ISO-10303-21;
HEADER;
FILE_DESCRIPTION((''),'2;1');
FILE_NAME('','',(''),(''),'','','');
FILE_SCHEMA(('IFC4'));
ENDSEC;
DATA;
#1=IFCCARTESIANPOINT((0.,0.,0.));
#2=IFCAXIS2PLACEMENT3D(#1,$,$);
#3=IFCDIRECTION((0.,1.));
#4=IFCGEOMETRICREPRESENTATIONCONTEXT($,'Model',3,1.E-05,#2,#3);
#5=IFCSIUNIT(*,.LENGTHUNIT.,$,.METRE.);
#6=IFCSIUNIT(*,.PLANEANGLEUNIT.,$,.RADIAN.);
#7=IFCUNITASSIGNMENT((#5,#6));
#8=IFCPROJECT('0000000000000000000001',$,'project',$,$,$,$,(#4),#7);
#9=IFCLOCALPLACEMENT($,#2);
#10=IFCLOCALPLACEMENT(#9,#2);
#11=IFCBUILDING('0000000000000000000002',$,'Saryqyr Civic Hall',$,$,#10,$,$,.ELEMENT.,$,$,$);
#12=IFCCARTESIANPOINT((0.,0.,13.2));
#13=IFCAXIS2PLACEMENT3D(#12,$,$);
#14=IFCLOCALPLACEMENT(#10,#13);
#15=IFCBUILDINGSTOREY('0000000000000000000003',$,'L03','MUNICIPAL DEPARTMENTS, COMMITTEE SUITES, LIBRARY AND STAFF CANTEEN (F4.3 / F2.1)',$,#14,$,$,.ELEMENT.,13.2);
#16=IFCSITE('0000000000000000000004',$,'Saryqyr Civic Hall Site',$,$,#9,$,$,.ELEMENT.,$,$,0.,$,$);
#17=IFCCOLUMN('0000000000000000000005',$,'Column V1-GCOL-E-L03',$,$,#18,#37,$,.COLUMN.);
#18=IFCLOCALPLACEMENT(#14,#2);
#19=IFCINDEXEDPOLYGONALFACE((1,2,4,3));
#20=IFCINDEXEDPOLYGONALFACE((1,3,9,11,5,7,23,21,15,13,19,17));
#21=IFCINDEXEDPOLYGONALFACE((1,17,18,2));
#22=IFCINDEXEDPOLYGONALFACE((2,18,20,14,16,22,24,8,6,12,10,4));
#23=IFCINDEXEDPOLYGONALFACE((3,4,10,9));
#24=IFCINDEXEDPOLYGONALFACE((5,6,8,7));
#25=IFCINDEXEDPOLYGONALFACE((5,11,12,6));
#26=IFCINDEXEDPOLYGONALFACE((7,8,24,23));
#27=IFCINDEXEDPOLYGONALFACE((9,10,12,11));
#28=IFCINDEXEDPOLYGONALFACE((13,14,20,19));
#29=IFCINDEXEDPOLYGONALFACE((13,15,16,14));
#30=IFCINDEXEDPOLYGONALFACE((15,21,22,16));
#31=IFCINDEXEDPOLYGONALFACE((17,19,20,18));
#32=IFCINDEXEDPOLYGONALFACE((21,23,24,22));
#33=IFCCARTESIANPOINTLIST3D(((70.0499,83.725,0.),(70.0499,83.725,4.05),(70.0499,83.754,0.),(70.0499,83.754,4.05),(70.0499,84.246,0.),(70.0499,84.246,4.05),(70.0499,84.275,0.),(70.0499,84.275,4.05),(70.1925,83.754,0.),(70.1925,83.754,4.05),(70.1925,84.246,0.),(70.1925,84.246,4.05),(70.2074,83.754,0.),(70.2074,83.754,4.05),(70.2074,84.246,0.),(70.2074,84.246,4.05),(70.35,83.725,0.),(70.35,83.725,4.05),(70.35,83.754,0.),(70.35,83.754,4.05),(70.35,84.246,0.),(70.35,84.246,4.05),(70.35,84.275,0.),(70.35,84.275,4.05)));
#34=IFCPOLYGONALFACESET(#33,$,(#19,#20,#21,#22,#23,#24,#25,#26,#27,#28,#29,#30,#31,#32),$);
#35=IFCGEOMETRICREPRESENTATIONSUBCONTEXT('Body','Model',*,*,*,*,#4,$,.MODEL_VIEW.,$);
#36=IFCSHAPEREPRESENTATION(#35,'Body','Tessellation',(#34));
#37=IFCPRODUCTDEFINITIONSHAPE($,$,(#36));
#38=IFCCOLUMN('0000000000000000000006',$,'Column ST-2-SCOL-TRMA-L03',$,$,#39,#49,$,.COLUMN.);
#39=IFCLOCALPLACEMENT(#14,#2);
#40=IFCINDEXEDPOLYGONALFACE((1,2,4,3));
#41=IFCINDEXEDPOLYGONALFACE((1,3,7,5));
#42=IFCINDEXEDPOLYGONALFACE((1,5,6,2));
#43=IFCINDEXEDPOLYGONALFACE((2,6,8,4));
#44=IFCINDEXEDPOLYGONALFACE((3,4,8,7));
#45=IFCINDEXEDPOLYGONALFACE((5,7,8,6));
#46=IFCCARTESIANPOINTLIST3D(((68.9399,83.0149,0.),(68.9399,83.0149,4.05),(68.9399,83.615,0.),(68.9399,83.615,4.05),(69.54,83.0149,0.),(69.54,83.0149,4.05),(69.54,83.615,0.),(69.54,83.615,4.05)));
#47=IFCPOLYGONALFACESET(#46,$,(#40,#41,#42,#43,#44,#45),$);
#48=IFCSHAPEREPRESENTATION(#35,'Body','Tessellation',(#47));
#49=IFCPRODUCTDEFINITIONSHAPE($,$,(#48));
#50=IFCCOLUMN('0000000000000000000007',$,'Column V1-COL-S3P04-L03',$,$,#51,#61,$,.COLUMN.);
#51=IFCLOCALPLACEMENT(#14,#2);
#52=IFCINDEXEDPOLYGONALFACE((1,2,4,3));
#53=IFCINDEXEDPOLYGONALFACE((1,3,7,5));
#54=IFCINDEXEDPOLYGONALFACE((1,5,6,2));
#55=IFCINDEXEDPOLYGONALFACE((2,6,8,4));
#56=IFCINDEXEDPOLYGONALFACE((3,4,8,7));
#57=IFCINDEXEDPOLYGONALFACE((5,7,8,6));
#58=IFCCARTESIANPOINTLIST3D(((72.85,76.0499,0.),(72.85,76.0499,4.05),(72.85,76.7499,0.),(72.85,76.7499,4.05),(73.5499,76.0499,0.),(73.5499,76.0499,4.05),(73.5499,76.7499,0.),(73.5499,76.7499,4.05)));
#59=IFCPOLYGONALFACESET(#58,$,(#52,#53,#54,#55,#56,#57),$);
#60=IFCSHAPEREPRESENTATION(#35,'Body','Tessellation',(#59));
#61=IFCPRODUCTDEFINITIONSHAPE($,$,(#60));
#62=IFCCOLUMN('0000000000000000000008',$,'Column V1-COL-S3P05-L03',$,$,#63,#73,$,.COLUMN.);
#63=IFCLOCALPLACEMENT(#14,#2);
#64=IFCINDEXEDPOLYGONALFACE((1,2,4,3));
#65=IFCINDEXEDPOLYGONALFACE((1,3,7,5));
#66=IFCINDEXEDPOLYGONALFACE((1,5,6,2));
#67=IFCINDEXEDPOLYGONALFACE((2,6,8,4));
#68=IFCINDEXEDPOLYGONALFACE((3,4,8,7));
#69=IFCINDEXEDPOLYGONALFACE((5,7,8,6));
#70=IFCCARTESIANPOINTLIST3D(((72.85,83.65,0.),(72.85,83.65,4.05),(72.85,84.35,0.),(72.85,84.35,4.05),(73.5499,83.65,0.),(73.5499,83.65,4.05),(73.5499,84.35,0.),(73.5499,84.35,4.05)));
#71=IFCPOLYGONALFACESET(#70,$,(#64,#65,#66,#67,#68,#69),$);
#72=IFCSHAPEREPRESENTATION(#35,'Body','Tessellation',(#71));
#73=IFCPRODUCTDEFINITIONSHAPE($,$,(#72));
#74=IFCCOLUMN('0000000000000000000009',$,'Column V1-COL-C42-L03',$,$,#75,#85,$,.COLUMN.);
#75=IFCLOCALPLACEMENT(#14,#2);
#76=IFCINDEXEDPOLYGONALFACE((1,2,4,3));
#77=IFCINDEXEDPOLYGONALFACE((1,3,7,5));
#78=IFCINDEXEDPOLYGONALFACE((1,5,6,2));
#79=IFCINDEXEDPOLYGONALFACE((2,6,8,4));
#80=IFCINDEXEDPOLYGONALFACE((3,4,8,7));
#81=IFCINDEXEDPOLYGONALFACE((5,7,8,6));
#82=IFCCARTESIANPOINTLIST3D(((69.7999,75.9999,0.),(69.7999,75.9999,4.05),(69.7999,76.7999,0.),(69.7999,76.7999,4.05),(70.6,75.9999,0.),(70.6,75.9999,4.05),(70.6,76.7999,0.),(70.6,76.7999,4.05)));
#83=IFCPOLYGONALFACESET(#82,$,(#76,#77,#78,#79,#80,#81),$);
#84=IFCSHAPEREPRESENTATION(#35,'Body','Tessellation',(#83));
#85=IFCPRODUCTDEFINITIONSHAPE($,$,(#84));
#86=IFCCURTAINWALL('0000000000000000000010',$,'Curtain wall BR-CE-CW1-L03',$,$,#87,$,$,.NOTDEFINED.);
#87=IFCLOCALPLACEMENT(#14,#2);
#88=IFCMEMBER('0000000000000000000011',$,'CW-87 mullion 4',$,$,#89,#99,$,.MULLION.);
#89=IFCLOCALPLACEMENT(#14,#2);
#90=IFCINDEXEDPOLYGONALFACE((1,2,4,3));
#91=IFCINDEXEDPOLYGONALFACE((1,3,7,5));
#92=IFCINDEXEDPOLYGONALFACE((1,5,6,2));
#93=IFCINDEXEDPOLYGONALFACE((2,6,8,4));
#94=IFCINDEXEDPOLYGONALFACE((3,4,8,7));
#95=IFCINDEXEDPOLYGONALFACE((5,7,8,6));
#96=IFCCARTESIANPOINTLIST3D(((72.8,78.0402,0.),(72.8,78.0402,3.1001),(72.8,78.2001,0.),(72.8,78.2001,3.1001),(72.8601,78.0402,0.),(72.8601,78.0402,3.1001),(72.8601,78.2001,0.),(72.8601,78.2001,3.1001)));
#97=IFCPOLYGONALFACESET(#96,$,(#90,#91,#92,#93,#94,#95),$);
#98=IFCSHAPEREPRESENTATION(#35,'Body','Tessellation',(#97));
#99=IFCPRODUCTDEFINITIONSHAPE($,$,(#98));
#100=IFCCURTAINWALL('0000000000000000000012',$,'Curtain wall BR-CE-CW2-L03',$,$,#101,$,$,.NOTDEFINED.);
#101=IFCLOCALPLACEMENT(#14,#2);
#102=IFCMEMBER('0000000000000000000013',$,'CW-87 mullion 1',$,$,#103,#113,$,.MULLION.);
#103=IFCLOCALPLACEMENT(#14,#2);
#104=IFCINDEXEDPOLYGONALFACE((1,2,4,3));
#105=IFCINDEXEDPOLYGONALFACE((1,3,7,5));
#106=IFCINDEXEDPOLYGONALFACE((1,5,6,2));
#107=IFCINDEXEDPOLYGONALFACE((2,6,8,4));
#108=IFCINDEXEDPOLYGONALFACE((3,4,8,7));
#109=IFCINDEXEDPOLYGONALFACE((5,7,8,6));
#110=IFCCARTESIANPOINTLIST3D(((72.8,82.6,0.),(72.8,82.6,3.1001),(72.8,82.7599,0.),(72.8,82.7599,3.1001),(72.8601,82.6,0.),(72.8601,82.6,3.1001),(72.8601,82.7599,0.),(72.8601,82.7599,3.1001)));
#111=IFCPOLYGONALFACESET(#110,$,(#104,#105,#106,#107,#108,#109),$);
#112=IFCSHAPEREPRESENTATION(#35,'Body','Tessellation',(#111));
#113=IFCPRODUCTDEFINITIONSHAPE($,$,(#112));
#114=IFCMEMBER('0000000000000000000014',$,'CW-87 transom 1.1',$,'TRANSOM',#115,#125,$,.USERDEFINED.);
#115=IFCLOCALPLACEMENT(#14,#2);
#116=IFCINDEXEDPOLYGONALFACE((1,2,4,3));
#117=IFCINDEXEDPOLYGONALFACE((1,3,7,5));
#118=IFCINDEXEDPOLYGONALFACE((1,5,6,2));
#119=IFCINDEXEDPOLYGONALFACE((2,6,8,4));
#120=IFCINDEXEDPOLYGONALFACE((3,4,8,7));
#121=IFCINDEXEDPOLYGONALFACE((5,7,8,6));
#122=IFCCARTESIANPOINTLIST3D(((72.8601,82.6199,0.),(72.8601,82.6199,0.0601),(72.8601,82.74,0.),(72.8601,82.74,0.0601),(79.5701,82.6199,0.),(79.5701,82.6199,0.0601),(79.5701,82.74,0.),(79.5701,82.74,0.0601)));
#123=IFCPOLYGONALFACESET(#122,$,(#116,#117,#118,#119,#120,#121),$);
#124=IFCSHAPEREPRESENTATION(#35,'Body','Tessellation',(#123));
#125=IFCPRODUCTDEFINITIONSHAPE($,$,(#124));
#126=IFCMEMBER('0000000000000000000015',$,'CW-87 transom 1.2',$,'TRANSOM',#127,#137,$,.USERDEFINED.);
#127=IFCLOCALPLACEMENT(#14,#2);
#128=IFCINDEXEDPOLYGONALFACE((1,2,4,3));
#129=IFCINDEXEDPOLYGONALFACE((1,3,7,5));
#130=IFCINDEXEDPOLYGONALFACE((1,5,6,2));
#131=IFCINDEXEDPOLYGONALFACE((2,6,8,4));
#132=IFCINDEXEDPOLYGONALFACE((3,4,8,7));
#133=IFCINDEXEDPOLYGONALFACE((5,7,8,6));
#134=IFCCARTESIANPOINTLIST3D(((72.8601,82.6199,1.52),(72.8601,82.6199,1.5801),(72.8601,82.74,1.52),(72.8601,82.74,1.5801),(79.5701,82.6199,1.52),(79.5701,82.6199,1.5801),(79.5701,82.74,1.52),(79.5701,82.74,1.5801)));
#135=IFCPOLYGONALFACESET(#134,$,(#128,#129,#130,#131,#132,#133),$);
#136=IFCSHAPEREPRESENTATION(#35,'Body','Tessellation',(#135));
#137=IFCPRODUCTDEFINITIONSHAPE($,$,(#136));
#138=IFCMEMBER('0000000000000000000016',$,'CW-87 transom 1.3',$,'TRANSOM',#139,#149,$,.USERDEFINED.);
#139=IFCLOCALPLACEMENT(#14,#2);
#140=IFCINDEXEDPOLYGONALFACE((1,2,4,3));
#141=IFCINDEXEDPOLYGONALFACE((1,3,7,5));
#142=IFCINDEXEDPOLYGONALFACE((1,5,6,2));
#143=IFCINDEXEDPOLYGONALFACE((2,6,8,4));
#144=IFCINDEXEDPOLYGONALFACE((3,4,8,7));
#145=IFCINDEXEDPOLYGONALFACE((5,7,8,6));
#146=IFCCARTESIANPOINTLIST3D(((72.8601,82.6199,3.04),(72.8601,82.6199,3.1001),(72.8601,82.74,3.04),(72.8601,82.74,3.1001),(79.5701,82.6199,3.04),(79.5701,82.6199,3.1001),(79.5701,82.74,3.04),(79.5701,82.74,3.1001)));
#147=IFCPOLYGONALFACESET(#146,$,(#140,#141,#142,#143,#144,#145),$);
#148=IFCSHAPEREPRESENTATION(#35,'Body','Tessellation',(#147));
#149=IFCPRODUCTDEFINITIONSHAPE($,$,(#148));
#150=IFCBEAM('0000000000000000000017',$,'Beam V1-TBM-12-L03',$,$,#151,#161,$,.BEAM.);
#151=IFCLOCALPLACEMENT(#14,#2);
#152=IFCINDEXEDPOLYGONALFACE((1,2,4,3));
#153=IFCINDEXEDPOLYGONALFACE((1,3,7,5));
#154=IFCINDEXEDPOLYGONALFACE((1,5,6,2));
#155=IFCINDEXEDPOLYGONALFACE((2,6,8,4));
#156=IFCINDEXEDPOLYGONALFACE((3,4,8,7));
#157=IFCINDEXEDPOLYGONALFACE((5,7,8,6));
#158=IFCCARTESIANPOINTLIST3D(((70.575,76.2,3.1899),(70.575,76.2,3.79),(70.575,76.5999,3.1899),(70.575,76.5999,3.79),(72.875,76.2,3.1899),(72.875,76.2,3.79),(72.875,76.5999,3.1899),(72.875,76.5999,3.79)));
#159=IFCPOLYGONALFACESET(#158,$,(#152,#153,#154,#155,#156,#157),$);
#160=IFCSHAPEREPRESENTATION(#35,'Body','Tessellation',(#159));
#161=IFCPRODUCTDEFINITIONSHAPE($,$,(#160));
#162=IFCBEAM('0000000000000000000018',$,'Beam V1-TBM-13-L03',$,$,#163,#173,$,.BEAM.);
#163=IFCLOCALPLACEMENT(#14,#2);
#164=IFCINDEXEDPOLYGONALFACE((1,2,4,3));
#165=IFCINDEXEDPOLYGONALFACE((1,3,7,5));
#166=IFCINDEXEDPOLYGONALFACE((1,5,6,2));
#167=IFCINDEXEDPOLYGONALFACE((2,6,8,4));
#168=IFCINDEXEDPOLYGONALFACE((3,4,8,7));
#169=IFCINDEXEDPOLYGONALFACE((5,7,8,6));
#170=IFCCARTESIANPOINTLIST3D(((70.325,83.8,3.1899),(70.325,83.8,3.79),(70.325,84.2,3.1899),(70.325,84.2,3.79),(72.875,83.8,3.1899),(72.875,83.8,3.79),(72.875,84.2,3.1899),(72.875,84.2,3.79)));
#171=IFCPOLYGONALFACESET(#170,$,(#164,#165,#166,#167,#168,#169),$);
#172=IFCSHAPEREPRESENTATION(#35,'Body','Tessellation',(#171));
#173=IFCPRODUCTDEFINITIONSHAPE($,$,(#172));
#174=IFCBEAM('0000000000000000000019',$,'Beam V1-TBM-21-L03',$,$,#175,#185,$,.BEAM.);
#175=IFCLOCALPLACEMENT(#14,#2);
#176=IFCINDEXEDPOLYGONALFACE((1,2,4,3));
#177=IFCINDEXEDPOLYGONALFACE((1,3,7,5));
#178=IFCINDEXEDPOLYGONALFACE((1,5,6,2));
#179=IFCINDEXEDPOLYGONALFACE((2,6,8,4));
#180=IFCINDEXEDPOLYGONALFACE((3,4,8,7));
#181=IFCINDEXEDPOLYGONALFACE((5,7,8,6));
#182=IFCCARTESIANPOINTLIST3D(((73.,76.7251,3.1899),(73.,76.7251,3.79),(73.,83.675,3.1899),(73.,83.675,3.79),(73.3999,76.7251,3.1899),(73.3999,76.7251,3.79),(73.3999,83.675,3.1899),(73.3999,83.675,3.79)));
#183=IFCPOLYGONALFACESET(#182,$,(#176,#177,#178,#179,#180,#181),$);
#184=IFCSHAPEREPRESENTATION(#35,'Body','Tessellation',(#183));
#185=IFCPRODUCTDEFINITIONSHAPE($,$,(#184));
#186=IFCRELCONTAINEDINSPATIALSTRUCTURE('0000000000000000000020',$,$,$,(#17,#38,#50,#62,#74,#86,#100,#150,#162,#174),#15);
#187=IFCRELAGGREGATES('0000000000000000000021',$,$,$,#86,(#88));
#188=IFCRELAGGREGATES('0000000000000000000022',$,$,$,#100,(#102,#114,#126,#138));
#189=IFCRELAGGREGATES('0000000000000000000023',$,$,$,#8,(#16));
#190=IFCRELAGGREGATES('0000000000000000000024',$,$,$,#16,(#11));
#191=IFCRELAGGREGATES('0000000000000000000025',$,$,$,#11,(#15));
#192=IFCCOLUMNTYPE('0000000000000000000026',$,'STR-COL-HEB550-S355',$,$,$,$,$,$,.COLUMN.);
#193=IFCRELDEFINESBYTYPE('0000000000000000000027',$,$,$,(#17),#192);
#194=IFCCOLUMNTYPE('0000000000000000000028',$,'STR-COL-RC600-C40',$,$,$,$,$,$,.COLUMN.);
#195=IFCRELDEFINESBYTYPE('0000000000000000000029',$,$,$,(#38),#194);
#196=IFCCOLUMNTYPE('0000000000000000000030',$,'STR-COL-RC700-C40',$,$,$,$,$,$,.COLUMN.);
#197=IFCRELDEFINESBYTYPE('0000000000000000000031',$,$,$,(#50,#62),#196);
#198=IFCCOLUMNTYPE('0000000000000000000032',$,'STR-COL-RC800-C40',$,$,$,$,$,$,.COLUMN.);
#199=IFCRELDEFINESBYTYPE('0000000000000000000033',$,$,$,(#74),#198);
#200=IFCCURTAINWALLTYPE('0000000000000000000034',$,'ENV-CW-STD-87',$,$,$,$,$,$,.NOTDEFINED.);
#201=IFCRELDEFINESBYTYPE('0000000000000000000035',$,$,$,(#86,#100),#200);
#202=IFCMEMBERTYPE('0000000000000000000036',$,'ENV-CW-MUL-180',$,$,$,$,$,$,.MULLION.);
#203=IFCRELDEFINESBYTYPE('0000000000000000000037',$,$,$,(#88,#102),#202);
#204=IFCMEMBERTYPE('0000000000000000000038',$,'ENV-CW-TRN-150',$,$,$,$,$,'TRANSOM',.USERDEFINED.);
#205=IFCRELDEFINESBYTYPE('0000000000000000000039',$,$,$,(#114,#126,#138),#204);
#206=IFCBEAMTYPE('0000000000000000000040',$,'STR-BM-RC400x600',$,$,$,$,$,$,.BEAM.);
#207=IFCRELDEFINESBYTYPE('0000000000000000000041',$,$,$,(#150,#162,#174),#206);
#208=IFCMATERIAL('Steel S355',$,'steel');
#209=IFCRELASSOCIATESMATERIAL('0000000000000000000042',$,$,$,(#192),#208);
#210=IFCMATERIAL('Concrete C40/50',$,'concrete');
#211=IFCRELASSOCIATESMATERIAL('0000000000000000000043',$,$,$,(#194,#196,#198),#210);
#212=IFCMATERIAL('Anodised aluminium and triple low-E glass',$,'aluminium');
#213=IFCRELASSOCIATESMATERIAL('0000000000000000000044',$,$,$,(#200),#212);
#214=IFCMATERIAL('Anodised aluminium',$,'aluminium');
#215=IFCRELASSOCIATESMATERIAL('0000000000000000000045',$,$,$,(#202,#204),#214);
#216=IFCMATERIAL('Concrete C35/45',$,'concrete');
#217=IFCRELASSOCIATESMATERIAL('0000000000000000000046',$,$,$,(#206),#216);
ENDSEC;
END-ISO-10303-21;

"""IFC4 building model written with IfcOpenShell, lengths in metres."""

from ifc_helpers import new_model, si_unit, direction, frame, origin, origin_2d, place, context, subcontext, project, spatial, rectangle, i_section, extrude, material, material_profile, profile_set, type_object, element, aggregate, save


model = new_model("IFC4")

# Units and contexts
model_context = context("Model", 3, precision=1e-05, world=origin(), true_north=direction((0.0, 1.0)))
body_context = subcontext(model_context, "Body", "Model", "MODEL_VIEW")
ifc_project = project(units=[si_unit("LENGTHUNIT", "METRE"), si_unit("PLANEANGLEUNIT", "RADIAN")], contexts=[model_context])

# Site, building, storey
site_placement = place(None, origin())
site = spatial("IfcSite", under=ifc_project, at=site_placement, Name="Saryqyr Civic Hall Site", CompositionType="ELEMENT", RefElevation=0.0)
building_placement = place(site_placement, origin())
building = spatial("IfcBuilding", under=site, at=building_placement, Name="Saryqyr Civic Hall", CompositionType="ELEMENT")
storey_placement = place(building_placement, frame((0.0, 0.0, 13.2)))
storey = spatial("IfcBuildingStorey", under=building, at=storey_placement, Name="L03", Description="MUNICIPAL DEPARTMENTS, COMMITTEE SUITES, LIBRARY AND STAFF CANTEEN (F4.3 / F2.1)", CompositionType="ELEMENT", Elevation=13.2)

# Columns
ifc_material_1 = material(Name="Steel S355", Category="steel")
ifc_material_profile_1 = material_profile(ifc_material_1, i_section(OverallWidth=0.3, OverallDepth=0.55, WebThickness=0.0149, FlangeThickness=0.0291, at=origin_2d()), Name="HEB 550")
ifc_profile_set_1 = profile_set([ifc_material_profile_1], Name="Steel S355")
column_type_1 = type_object("IfcColumnType", Name="STR-COL-HEB550-S355", PredefinedType="COLUMN", material=ifc_profile_set_1)
column_1_placement = place(storey_placement, frame((70.2, 84.0, 0.0), z_axis=(0.0, 0.0, 1.0), x_axis=(1.0, 0.0, 0.0)))
element("IfcColumn", 1, at=column_1_placement, inside=storey, type_object=column_type_1, Name="Column V1-GCOL-E-L03", PredefinedType="COLUMN", context=body_context, shape_type="SweptSolid", body=[
    extrude(i_section(OverallWidth=0.3, OverallDepth=0.55, WebThickness=0.0149, FlangeThickness=0.0291, at=origin_2d()), origin(), (0.0, 0.0, 1.0), 4.05),
])
ifc_material_2 = material(Name="Concrete C40/50", Category="concrete")
ifc_material_profile_2 = material_profile(ifc_material_2, rectangle(XDim=0.6001, YDim=0.6001, at=origin_2d()), Name="RC 600x600")
ifc_profile_set_2 = profile_set([ifc_material_profile_2], Name="Concrete C40/50")
column_type_2 = type_object("IfcColumnType", Name="STR-COL-RC600-C40", PredefinedType="COLUMN", material=ifc_profile_set_2)
column_2_placement = place(storey_placement, frame((69.24, 83.3149, 0.0), z_axis=(0.0, 0.0, 1.0), x_axis=(1.0, 0.0, 0.0)))
element("IfcColumn", 2, at=column_2_placement, inside=storey, type_object=column_type_2, Name="Column ST-2-SCOL-TRMA-L03", PredefinedType="COLUMN", context=body_context, shape_type="SweptSolid", body=[
    extrude(rectangle(XDim=0.6001, YDim=0.6001, at=origin_2d()), origin(), (0.0, 0.0, 1.0), 4.05),
])
ifc_material_profile_3 = material_profile(ifc_material_2, rectangle(XDim=0.7, YDim=0.7, at=origin_2d()), Name="RC 700x700")
ifc_profile_set_3 = profile_set([ifc_material_profile_3], Name="Concrete C40/50")
column_type_3 = type_object("IfcColumnType", Name="STR-COL-RC700-C40", PredefinedType="COLUMN", material=ifc_profile_set_3)
for number, where, z_axis, x_axis, name in (
    (3, (73.2, 76.3999, 0.0), (0.0, 0.0, 1.0), (1.0, 0.0, 0.0), "Column V1-COL-S3P04-L03"),
    (4, (73.2, 84.0, 0.0), (0.0, 0.0, 1.0), (1.0, 0.0, 0.0), "Column V1-COL-S3P05-L03"),
):
    element("IfcColumn", number, at=place(storey_placement, frame(where, z_axis=z_axis, x_axis=x_axis)), inside=storey, type_object=column_type_3, Name=name, PredefinedType="COLUMN", context=body_context, shape_type="SweptSolid", body=[
        extrude(rectangle(XDim=0.7, YDim=0.7, at=origin_2d()), origin(), (0.0, 0.0, 1.0), 4.05),
    ])
ifc_material_profile_4 = material_profile(ifc_material_2, rectangle(XDim=0.8, YDim=0.8, at=origin_2d()), Name="RC 800x800")
ifc_profile_set_4 = profile_set([ifc_material_profile_4], Name="Concrete C40/50")
column_type_4 = type_object("IfcColumnType", Name="STR-COL-RC800-C40", PredefinedType="COLUMN", material=ifc_profile_set_4)
column_3_placement = place(storey_placement, frame((70.2, 76.3999, 0.0), z_axis=(0.0, 0.0, 1.0), x_axis=(1.0, 0.0, 0.0)))
element("IfcColumn", 5, at=column_3_placement, inside=storey, type_object=column_type_4, Name="Column V1-COL-C42-L03", PredefinedType="COLUMN", context=body_context, shape_type="SweptSolid", body=[
    extrude(rectangle(XDim=0.8, YDim=0.8, at=origin_2d()), origin(), (0.0, 0.0, 1.0), 4.05),
])

# Curtain wall, member
ifc_material_3 = material(Name="Anodised aluminium and triple low-E glass", Category="aluminium")
curtain_wall_type = type_object("IfcCurtainWallType", Name="ENV-CW-STD-87", PredefinedType="NOTDEFINED", material=ifc_material_3)
curtain_wall_1_placement = place(storey_placement, origin())
curtain_wall_1 = element("IfcCurtainWall", 6, at=curtain_wall_1_placement, inside=storey, type_object=curtain_wall_type, Name="Curtain wall BR-CE-CW1-L03", PredefinedType="NOTDEFINED")
ifc_material_4 = material(Name="Anodised aluminium", Category="aluminium")
ifc_material_profile_5 = material_profile(ifc_material_4, rectangle(XDim=0.0601, YDim=0.1599, at=origin_2d()), Name="ALU MULLION 60x160")
ifc_profile_set_5 = profile_set([ifc_material_profile_5], Name="Anodised aluminium")
member_type_1 = type_object("IfcMemberType", Name="ENV-CW-MUL-180", PredefinedType="MULLION", material=ifc_profile_set_5)
member_1_placement = place(storey_placement, frame((72.8301, 78.1201, 0.0), z_axis=(0.0, 0.0, 1.0), x_axis=(-1.0, 0.0, 0.0)))
member_1 = element("IfcMember", 7, at=member_1_placement, type_object=member_type_1, Name="CW-87 mullion 4", PredefinedType="MULLION", context=body_context, shape_type="SweptSolid", body=[
    extrude(rectangle(XDim=0.0601, YDim=0.1599, at=origin_2d()), origin(), (0.0, 0.0, 1.0), 3.1001),
])

# Curtain wall, members
curtain_wall_2_placement = place(storey_placement, origin())
curtain_wall_2 = element("IfcCurtainWall", 8, at=curtain_wall_2_placement, inside=storey, type_object=curtain_wall_type, Name="Curtain wall BR-CE-CW2-L03", PredefinedType="NOTDEFINED")
member_2_placement = place(storey_placement, frame((72.8301, 82.6799, 0.0), z_axis=(0.0, 0.0, 1.0), x_axis=(1.0, 0.0, 0.0)))
member_2 = element("IfcMember", 9, at=member_2_placement, type_object=member_type_1, Name="CW-87 mullion 1", PredefinedType="MULLION", context=body_context, shape_type="SweptSolid", body=[
    extrude(rectangle(XDim=0.0601, YDim=0.1599, at=origin_2d()), origin(), (0.0, 0.0, 1.0), 3.1001),
])
ifc_material_profile_6 = material_profile(ifc_material_4, rectangle(XDim=0.1201, YDim=0.0601, at=origin_2d()), Name="ALU TRANSOM 120x60")
ifc_profile_set_6 = profile_set([ifc_material_profile_6], Name="Anodised aluminium")
member_type_2 = type_object("IfcMemberType", Name="ENV-CW-TRN-150", ElementType="TRANSOM", PredefinedType="USERDEFINED", material=ifc_profile_set_6)
member_3_placement = place(storey_placement, frame((72.8601, 82.6799, 0.03), z_axis=(1.0, 0.0, 0.0), x_axis=(0.0, 1.0, 0.0)))
member_3 = element("IfcMember", 10, at=member_3_placement, type_object=member_type_2, Name="CW-87 transom 1.1", ObjectType="TRANSOM", PredefinedType="USERDEFINED", context=body_context, shape_type="SweptSolid", body=[
    extrude(rectangle(XDim=0.1201, YDim=0.0601, at=origin_2d()), origin(), (0.0, 0.0, 1.0), 6.71),
])
member_4_placement = place(storey_placement, frame((72.8601, 82.6799, 1.55), z_axis=(1.0, 0.0, 0.0), x_axis=(0.0, 1.0, 0.0)))
member_4 = element("IfcMember", 11, at=member_4_placement, type_object=member_type_2, Name="CW-87 transom 1.2", ObjectType="TRANSOM", PredefinedType="USERDEFINED", context=body_context, shape_type="SweptSolid", body=[
    extrude(rectangle(XDim=0.1201, YDim=0.0601, at=origin_2d()), origin(), (0.0, 0.0, 1.0), 6.71),
])
member_5_placement = place(storey_placement, frame((72.8601, 82.6799, 3.0701), z_axis=(1.0, 0.0, 0.0), x_axis=(0.0, 1.0, 0.0)))
member_5 = element("IfcMember", 12, at=member_5_placement, type_object=member_type_2, Name="CW-87 transom 1.3", ObjectType="TRANSOM", PredefinedType="USERDEFINED", context=body_context, shape_type="SweptSolid", body=[
    extrude(rectangle(XDim=0.1201, YDim=0.0601, at=origin_2d()), origin(), (0.0, 0.0, 1.0), 6.71),
])

# Beams
ifc_material_5 = material(Name="Concrete C35/45", Category="concrete")
ifc_material_profile_7 = material_profile(ifc_material_5, rectangle(XDim=0.3999, YDim=0.6001, at=origin_2d()), Name="RC 400x600")
ifc_profile_set_7 = profile_set([ifc_material_profile_7], Name="Concrete C35/45")
beam_type_1 = type_object("IfcBeamType", Name="STR-BM-RC400x600", PredefinedType="BEAM", material=ifc_profile_set_7)
beam_1_placement = place(storey_placement, frame((70.575, 76.3999, 3.49), z_axis=(1.0, 0.0, 0.0), x_axis=(0.0, 1.0, 0.0)))
element("IfcBeam", 13, at=beam_1_placement, inside=storey, type_object=beam_type_1, Name="Beam V1-TBM-12-L03", PredefinedType="BEAM", context=body_context, shape_type="SweptSolid", body=[
    extrude(rectangle(XDim=0.3999, YDim=0.6001, at=origin_2d()), origin(), (0.0, 0.0, 1.0), 2.3),
])
beam_2_placement = place(storey_placement, frame((70.325, 84.0, 3.49), z_axis=(1.0, 0.0, 0.0), x_axis=(0.0, 1.0, 0.0)))
element("IfcBeam", 14, at=beam_2_placement, inside=storey, type_object=beam_type_1, Name="Beam V1-TBM-13-L03", PredefinedType="BEAM", context=body_context, shape_type="SweptSolid", body=[
    extrude(rectangle(XDim=0.3999, YDim=0.6001, at=origin_2d()), origin(), (0.0, 0.0, 1.0), 2.55),
])
for number, where, z_axis, x_axis, name in (
    (15, (73.2, 76.7251, 3.49), (0.0, 1.0, 0.0), (-1.0, 0.0, 0.0), "Beam V1-TBM-21-L03"),
):
    element("IfcBeam", number, at=place(storey_placement, frame(where, z_axis=z_axis, x_axis=x_axis)), inside=storey, type_object=beam_type_1, Name=name, PredefinedType="BEAM", context=body_context, shape_type="SweptSolid", body=[
        extrude(rectangle(XDim=0.3999, YDim=0.6001, at=origin_2d()), origin(), (0.0, 0.0, 1.0), 6.95),
    ])

aggregate(curtain_wall_1, [member_1])
aggregate(curtain_wall_2, [member_2, member_3, member_4, member_5])

save(model, "model.ifc")
